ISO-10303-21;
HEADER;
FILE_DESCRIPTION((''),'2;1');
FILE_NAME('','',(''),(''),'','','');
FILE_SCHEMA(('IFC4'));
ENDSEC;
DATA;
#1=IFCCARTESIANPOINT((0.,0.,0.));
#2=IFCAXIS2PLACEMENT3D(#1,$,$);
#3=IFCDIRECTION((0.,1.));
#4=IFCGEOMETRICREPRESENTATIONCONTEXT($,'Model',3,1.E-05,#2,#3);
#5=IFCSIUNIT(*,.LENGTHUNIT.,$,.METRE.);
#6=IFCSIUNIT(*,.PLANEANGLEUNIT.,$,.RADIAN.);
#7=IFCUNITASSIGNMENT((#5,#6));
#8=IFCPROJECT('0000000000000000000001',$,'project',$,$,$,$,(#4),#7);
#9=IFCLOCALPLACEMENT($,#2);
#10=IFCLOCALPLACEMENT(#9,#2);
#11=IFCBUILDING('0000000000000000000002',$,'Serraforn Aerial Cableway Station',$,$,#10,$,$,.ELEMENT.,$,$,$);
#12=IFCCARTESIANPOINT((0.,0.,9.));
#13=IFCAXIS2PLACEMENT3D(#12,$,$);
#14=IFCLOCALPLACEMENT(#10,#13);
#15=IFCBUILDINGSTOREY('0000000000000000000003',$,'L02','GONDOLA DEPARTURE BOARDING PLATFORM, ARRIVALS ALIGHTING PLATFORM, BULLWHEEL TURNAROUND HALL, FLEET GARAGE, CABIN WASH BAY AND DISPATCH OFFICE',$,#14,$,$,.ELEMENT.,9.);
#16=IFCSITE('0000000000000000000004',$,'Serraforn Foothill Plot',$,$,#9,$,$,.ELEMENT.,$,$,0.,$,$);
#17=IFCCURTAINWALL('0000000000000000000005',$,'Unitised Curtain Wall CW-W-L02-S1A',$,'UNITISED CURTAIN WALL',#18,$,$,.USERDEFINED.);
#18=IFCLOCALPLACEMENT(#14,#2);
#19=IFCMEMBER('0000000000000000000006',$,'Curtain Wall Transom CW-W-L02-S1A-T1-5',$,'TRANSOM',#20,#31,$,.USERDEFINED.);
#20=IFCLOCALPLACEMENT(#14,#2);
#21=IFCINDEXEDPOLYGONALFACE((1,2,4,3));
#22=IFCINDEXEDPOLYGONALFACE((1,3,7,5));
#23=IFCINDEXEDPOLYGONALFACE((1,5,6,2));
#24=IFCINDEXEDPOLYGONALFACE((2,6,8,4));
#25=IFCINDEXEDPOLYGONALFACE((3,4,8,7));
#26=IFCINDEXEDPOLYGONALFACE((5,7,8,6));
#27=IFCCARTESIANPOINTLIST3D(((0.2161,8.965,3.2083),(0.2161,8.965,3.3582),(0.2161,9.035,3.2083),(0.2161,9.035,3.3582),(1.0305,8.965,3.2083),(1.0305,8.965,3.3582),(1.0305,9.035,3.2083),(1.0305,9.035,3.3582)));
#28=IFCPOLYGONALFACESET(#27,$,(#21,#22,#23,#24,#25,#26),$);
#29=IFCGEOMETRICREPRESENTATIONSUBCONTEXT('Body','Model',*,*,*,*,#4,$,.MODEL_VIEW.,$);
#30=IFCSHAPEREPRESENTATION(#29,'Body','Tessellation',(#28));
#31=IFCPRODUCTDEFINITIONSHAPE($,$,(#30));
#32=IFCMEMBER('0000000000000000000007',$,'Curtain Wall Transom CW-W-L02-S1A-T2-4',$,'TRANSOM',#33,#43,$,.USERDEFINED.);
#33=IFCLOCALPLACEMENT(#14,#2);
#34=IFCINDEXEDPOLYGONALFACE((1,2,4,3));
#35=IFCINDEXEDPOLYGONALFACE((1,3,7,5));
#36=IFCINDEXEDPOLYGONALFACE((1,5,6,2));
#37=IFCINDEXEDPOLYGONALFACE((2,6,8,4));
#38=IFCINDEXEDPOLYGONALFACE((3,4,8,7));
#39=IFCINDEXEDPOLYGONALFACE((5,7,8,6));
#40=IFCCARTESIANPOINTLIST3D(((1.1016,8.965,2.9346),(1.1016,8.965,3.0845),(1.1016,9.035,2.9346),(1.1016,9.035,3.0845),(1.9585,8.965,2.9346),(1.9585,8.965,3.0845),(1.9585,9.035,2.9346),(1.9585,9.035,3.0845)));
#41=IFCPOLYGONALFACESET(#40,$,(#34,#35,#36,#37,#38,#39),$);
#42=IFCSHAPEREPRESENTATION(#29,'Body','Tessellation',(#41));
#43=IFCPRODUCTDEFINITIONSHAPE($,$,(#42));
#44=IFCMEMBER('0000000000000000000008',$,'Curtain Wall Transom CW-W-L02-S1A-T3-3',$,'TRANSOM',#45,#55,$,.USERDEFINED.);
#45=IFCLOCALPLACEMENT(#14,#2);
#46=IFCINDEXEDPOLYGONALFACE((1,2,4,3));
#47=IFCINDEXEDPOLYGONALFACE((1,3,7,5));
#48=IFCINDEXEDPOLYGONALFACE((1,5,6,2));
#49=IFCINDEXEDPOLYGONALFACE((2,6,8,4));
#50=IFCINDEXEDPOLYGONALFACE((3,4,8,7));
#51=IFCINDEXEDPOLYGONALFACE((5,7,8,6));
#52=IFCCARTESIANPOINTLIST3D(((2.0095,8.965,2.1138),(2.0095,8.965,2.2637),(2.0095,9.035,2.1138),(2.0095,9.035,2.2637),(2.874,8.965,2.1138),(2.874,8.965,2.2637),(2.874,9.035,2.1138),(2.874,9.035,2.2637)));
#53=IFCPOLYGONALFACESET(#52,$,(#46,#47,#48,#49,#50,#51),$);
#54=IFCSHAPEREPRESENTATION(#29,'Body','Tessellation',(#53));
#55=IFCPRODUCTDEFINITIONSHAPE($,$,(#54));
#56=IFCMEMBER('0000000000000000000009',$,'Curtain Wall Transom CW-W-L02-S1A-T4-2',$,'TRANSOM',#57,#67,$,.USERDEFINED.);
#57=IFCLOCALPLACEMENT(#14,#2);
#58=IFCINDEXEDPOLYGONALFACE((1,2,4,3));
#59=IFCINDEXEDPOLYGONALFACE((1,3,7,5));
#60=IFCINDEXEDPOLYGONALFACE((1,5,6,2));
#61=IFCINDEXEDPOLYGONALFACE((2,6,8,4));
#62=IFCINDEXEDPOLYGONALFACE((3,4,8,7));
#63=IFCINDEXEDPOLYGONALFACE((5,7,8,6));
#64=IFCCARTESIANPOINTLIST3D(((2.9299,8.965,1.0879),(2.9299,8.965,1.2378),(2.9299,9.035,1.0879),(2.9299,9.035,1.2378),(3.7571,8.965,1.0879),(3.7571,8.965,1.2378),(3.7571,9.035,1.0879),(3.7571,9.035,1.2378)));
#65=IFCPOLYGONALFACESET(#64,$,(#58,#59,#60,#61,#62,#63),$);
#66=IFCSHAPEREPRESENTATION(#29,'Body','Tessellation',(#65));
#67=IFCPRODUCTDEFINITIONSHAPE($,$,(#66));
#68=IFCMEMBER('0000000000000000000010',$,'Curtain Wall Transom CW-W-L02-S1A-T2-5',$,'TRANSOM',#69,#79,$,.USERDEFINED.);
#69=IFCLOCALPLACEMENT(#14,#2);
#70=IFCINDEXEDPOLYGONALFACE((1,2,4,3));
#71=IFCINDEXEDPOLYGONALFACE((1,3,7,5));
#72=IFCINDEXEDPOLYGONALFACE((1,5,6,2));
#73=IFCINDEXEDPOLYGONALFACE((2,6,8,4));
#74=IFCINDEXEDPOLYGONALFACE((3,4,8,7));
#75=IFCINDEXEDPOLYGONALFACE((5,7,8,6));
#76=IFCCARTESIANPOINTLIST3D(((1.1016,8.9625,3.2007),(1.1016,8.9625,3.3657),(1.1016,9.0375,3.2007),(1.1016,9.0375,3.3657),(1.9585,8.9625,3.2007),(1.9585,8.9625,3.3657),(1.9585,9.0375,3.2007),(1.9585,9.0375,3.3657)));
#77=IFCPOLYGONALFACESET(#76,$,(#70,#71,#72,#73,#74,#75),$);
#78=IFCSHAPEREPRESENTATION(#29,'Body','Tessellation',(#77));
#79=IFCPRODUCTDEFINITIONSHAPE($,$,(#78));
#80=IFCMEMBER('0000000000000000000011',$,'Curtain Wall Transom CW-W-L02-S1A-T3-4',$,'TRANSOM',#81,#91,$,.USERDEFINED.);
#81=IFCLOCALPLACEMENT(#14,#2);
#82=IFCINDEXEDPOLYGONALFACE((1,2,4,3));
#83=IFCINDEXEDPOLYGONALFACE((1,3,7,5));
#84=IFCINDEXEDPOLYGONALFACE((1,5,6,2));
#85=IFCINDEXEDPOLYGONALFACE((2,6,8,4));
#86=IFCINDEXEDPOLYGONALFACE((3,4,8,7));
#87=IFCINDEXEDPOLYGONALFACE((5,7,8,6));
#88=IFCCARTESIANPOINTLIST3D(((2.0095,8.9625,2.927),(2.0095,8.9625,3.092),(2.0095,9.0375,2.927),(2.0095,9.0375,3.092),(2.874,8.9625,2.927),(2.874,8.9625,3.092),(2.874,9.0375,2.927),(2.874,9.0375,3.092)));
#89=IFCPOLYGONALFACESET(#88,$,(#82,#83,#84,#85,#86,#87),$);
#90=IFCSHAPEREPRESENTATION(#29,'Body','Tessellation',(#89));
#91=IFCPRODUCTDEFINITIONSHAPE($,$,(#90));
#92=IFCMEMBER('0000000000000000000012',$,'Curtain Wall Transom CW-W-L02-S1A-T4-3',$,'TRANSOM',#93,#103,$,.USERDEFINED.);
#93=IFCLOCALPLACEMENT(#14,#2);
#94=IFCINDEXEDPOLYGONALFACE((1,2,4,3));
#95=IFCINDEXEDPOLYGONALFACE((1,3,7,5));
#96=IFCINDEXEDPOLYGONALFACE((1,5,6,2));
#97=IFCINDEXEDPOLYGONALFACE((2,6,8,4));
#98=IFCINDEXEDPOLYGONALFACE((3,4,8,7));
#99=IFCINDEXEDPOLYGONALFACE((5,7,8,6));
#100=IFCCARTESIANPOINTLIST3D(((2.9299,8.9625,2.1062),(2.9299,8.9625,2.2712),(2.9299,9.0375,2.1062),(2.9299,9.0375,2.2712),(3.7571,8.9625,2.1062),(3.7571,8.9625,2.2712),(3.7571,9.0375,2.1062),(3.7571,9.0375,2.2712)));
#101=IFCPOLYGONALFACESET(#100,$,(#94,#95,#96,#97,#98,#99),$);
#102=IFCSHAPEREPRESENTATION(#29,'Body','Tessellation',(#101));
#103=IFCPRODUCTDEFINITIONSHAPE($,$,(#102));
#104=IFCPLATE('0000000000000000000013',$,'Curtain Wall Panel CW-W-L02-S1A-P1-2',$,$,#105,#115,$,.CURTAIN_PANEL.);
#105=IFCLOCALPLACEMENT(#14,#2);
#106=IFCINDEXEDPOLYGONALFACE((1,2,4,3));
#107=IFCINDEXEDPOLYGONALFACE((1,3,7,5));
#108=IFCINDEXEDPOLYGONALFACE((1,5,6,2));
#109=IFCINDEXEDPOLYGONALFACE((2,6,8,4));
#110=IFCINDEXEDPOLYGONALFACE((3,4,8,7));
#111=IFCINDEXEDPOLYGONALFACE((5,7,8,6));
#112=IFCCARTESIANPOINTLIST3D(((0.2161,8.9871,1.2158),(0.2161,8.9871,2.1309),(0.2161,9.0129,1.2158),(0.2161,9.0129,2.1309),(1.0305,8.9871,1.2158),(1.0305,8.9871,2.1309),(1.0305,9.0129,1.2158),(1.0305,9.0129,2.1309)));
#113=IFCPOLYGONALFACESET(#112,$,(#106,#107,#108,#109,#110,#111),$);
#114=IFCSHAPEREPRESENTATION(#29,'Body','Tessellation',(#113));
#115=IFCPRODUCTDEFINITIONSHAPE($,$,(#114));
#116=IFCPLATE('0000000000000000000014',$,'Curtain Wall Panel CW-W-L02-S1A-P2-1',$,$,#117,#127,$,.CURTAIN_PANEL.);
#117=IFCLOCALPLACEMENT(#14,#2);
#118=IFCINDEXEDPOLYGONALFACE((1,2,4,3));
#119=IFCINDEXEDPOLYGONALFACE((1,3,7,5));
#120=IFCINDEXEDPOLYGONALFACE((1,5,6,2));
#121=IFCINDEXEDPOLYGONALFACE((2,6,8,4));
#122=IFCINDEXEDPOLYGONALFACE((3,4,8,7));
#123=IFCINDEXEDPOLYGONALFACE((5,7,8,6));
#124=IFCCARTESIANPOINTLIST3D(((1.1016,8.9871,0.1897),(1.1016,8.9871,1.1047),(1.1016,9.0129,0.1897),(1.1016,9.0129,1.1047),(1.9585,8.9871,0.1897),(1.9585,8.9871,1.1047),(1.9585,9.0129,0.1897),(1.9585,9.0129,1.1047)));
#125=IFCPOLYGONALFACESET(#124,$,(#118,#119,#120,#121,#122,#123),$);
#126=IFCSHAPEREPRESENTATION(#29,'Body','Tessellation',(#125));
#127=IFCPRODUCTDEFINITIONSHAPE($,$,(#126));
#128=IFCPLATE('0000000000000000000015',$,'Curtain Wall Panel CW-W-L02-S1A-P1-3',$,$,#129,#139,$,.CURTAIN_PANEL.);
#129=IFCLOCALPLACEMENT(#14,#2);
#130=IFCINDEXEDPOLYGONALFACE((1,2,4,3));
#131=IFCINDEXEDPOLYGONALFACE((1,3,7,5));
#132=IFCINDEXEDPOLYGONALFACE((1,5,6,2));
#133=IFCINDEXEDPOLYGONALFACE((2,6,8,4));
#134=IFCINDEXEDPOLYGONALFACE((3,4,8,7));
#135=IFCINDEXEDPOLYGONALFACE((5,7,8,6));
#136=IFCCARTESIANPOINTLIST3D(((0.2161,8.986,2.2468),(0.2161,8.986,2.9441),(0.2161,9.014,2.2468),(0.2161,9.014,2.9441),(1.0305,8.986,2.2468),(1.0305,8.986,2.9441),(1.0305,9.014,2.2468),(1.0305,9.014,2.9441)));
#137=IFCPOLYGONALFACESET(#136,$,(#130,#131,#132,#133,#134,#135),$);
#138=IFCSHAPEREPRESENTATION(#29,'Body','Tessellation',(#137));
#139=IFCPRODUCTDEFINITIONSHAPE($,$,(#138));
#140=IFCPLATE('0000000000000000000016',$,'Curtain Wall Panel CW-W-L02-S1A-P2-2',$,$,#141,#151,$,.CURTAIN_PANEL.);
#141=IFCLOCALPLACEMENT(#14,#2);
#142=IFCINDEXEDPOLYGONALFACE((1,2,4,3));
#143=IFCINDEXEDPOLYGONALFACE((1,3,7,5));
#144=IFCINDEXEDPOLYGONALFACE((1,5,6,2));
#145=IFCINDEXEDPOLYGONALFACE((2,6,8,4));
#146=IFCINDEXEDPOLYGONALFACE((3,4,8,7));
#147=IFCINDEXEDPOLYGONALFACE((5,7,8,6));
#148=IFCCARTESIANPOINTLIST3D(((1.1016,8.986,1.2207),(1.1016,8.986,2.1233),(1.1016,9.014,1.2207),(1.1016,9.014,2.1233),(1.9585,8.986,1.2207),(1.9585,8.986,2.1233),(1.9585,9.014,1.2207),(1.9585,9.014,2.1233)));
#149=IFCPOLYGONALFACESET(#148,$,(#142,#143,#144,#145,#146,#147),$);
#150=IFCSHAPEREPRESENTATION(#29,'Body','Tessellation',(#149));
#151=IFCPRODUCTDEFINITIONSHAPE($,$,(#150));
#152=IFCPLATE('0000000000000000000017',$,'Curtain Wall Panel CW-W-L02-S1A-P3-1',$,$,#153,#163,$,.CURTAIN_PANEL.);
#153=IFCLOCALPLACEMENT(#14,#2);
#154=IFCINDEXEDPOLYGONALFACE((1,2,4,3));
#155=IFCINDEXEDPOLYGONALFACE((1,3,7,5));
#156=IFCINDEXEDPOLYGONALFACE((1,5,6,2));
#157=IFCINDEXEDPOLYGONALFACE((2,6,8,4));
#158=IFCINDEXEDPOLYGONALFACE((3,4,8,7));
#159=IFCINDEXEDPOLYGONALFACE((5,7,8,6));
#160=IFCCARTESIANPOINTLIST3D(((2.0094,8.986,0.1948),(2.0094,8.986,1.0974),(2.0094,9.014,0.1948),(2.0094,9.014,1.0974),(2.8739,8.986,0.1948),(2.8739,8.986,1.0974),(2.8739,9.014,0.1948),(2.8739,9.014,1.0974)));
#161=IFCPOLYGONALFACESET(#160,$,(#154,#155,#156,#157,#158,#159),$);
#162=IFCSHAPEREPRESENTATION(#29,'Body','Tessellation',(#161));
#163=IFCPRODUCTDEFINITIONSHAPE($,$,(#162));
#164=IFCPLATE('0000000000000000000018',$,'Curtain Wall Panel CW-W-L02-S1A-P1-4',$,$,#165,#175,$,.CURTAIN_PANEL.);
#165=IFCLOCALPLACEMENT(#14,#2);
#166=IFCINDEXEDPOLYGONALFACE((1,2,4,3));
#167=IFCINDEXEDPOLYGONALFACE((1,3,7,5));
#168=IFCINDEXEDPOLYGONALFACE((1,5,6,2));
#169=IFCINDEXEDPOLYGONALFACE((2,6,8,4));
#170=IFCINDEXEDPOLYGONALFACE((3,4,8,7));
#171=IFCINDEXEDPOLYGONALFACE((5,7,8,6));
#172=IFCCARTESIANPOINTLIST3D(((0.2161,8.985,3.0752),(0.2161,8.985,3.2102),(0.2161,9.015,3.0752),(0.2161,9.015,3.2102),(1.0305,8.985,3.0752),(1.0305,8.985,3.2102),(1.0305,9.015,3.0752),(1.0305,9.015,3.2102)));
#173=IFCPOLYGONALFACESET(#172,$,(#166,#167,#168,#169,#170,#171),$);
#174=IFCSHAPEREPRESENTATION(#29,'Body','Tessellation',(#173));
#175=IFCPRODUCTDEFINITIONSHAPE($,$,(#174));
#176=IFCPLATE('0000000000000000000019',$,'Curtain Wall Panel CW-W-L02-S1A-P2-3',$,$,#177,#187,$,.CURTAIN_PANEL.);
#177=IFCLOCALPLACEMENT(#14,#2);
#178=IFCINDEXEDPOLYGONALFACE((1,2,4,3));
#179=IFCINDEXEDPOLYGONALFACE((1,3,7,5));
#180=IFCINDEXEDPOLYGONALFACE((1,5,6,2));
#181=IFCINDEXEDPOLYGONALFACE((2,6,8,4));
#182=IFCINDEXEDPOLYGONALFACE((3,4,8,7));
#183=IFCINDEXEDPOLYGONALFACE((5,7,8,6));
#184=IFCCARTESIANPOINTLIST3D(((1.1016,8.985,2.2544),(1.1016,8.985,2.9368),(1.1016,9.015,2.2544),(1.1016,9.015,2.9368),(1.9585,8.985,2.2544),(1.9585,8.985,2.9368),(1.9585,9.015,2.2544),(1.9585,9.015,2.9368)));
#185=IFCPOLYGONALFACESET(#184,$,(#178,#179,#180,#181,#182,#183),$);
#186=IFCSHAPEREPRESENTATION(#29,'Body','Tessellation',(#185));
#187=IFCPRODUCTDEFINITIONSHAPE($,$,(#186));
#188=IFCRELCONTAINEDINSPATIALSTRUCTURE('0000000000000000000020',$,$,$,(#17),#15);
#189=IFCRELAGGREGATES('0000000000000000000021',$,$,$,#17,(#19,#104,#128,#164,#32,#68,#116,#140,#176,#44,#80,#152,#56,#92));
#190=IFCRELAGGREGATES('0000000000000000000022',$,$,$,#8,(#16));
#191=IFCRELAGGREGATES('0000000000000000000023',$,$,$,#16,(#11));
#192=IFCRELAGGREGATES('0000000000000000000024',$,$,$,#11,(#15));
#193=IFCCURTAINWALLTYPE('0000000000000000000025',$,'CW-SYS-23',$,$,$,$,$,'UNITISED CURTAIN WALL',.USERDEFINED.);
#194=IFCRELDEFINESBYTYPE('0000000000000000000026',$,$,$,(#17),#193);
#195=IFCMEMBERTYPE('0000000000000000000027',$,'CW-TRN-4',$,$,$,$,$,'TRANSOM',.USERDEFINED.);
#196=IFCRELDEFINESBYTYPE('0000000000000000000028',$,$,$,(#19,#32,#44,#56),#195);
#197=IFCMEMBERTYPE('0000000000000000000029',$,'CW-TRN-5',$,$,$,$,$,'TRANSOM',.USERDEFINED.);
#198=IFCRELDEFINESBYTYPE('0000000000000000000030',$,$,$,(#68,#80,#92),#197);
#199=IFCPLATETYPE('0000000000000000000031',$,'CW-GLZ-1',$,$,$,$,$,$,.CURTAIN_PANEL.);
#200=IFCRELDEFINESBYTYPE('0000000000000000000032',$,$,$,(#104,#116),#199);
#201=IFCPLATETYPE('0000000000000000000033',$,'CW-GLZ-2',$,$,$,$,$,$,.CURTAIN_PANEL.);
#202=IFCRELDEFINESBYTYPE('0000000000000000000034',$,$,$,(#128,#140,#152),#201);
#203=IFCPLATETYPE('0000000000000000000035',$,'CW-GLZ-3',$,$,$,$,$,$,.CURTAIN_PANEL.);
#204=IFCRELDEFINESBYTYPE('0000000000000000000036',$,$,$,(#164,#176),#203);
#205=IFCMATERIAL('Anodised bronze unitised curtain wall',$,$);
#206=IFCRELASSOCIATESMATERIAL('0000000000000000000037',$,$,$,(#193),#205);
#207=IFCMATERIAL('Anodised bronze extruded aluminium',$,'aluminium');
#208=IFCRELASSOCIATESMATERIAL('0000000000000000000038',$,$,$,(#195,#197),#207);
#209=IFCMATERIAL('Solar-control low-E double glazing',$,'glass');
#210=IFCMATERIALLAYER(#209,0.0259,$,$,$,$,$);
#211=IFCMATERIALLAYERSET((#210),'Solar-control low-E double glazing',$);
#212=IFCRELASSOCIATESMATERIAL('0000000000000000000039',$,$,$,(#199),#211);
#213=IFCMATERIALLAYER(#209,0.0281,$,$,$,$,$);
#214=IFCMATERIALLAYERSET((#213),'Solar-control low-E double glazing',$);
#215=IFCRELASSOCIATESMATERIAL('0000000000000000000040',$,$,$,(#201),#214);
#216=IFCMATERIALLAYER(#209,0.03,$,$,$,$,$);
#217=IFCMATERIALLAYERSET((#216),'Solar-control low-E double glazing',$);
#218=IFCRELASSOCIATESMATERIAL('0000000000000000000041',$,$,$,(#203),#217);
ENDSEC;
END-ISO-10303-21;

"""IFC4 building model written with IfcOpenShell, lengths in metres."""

from ifc_helpers import new_model, si_unit, direction, frame, origin, origin_2d, place, context, subcontext, project, spatial, rectangle, extrude, material, layer, layer_set, material_profile, profile_set, type_object, element, aggregate, save


model = new_model("IFC4")

# Units and contexts
model_context = context("Model", 3, precision=1e-05, world=origin(), true_north=direction((0.0, 1.0)))
body_context = subcontext(model_context, "Body", "Model", "MODEL_VIEW")
ifc_project = project(units=[si_unit("LENGTHUNIT", "METRE"), si_unit("PLANEANGLEUNIT", "RADIAN")], contexts=[model_context])

# Site, building, storey
site_placement = place(None, origin())
site = spatial("IfcSite", under=ifc_project, at=site_placement, Name="Serraforn Foothill Plot", CompositionType="ELEMENT", RefElevation=0.0)
building_placement = place(site_placement, origin())
building = spatial("IfcBuilding", under=site, at=building_placement, Name="Serraforn Aerial Cableway Station", CompositionType="ELEMENT")
storey_placement = place(building_placement, frame((0.0, 0.0, 9.0)))
storey = spatial("IfcBuildingStorey", under=building, at=storey_placement, Name="L02", Description="GONDOLA DEPARTURE BOARDING PLATFORM, ARRIVALS ALIGHTING PLATFORM, BULLWHEEL TURNAROUND HALL, FLEET GARAGE, CABIN WASH BAY AND DISPATCH OFFICE", CompositionType="ELEMENT", Elevation=9.0)

# Curtain wall, members, plates
ifc_material_1 = material(Name="Anodised bronze unitised curtain wall")
curtain_wall_type = type_object("IfcCurtainWallType", Name="CW-SYS-23", ElementType="UNITISED CURTAIN WALL", PredefinedType="USERDEFINED", material=ifc_material_1)
curtain_wall_placement = place(storey_placement, origin())
curtain_wall = element("IfcCurtainWall", 1, at=curtain_wall_placement, inside=storey, type_object=curtain_wall_type, Name="Unitised Curtain Wall CW-W-L02-S1A", ObjectType="UNITISED CURTAIN WALL", PredefinedType="USERDEFINED")
ifc_material_2 = material(Name="Anodised bronze extruded aluminium", Category="aluminium")
ifc_material_profile_1 = material_profile(ifc_material_2, rectangle(XDim=0.0701, YDim=0.1499, at=origin_2d()), Name="CW TRANSOM 70x150")
ifc_profile_set_1 = profile_set([ifc_material_profile_1], Name="Anodised bronze extruded aluminium")
member_type_1 = type_object("IfcMemberType", Name="CW-TRN-4", ElementType="TRANSOM", PredefinedType="USERDEFINED", material=ifc_profile_set_1)
member_1_placement = place(storey_placement, frame((0.2161, 9.0, 3.2832), z_axis=(1.0, 0.0, 0.0), x_axis=(0.0, 1.0, 0.0)))
member_1 = element("IfcMember", 2, at=member_1_placement, type_object=member_type_1, Name="Curtain Wall Transom CW-W-L02-S1A-T1-5", ObjectType="TRANSOM", PredefinedType="USERDEFINED", context=body_context, shape_type="SweptSolid", body=[
    extrude(rectangle(XDim=0.0701, YDim=0.1499, at=origin_2d()), origin(), (0.0, 0.0, 1.0), 0.8145),
])
member_2_placement = place(storey_placement, frame((1.1016, 9.0, 3.0095), z_axis=(1.0, 0.0, 0.0), x_axis=(0.0, 1.0, 0.0)))
member_2 = element("IfcMember", 3, at=member_2_placement, type_object=member_type_1, Name="Curtain Wall Transom CW-W-L02-S1A-T2-4", ObjectType="TRANSOM", PredefinedType="USERDEFINED", context=body_context, shape_type="SweptSolid", body=[
    extrude(rectangle(XDim=0.0701, YDim=0.1499, at=origin_2d()), origin(), (0.0, 0.0, 1.0), 0.8569),
])
member_3_placement = place(storey_placement, frame((2.0095, 9.0, 2.1887), z_axis=(1.0, 0.0, 0.0), x_axis=(0.0, 1.0, 0.0)))
member_3 = element("IfcMember", 4, at=member_3_placement, type_object=member_type_1, Name="Curtain Wall Transom CW-W-L02-S1A-T3-3", ObjectType="TRANSOM", PredefinedType="USERDEFINED", context=body_context, shape_type="SweptSolid", body=[
    extrude(rectangle(XDim=0.0701, YDim=0.1499, at=origin_2d()), origin(), (0.0, 0.0, 1.0), 0.8645),
])
member_4_placement = place(storey_placement, frame((2.9299, 9.0, 1.1628), z_axis=(1.0, 0.0, 0.0), x_axis=(0.0, 1.0, 0.0)))
member_4 = element("IfcMember", 5, at=member_4_placement, type_object=member_type_1, Name="Curtain Wall Transom CW-W-L02-S1A-T4-2", ObjectType="TRANSOM", PredefinedType="USERDEFINED", context=body_context, shape_type="SweptSolid", body=[
    extrude(rectangle(XDim=0.0701, YDim=0.1499, at=origin_2d()), origin(), (0.0, 0.0, 1.0), 0.8271),
])
ifc_material_profile_2 = material_profile(ifc_material_2, rectangle(XDim=0.075, YDim=0.165, at=origin_2d()), Name="CW TRANSOM 75x165")
ifc_profile_set_2 = profile_set([ifc_material_profile_2], Name="Anodised bronze extruded aluminium")
member_type_2 = type_object("IfcMemberType", Name="CW-TRN-5", ElementType="TRANSOM", PredefinedType="USERDEFINED", material=ifc_profile_set_2)
member_5_placement = place(storey_placement, frame((1.1016, 9.0, 3.2832), z_axis=(1.0, 0.0, 0.0), x_axis=(0.0, 1.0, 0.0)))
member_5 = element("IfcMember", 6, at=member_5_placement, type_object=member_type_2, Name="Curtain Wall Transom CW-W-L02-S1A-T2-5", ObjectType="TRANSOM", PredefinedType="USERDEFINED", context=body_context, shape_type="SweptSolid", body=[
    extrude(rectangle(XDim=0.075, YDim=0.165, at=origin_2d()), origin(), (0.0, 0.0, 1.0), 0.8569),
])
member_6_placement = place(storey_placement, frame((2.0095, 9.0, 3.0095), z_axis=(1.0, 0.0, 0.0), x_axis=(0.0, 1.0, 0.0)))
member_6 = element("IfcMember", 7, at=member_6_placement, type_object=member_type_2, Name="Curtain Wall Transom CW-W-L02-S1A-T3-4", ObjectType="TRANSOM", PredefinedType="USERDEFINED", context=body_context, shape_type="SweptSolid", body=[
    extrude(rectangle(XDim=0.075, YDim=0.165, at=origin_2d()), origin(), (0.0, 0.0, 1.0), 0.8645),
])
member_7_placement = place(storey_placement, frame((2.9299, 9.0, 2.1887), z_axis=(1.0, 0.0, 0.0), x_axis=(0.0, 1.0, 0.0)))
member_7 = element("IfcMember", 8, at=member_7_placement, type_object=member_type_2, Name="Curtain Wall Transom CW-W-L02-S1A-T4-3", ObjectType="TRANSOM", PredefinedType="USERDEFINED", context=body_context, shape_type="SweptSolid", body=[
    extrude(rectangle(XDim=0.075, YDim=0.165, at=origin_2d()), origin(), (0.0, 0.0, 1.0), 0.8271),
])
ifc_material_3 = material(Name="Solar-control low-E double glazing", Category="glass")
ifc_layer_1 = layer(ifc_material_3, 0.0259)
ifc_layer_set_1 = layer_set([ifc_layer_1], Name="Solar-control low-E double glazing")
plate_type_1 = type_object("IfcPlateType", Name="CW-GLZ-1", PredefinedType="CURTAIN_PANEL", material=ifc_layer_set_1)
plate_1_placement = place(storey_placement, frame((0.6233, 9.0, 1.2158), z_axis=(0.0, 0.0, 1.0), x_axis=(1.0, 0.0, 0.0)))
plate_1 = element("IfcPlate", 9, at=plate_1_placement, type_object=plate_type_1, Name="Curtain Wall Panel CW-W-L02-S1A-P1-2", PredefinedType="CURTAIN_PANEL", context=body_context, shape_type="SweptSolid", body=[
    extrude(rectangle(XDim=0.8145, YDim=0.0259, at=origin_2d()), origin(), (0.0, 0.0, 1.0), 0.915),
])
plate_2_placement = place(storey_placement, frame((1.53, 9.0, 0.1897), z_axis=(0.0, 0.0, 1.0), x_axis=(1.0, 0.0, 0.0)))
plate_2 = element("IfcPlate", 10, at=plate_2_placement, type_object=plate_type_1, Name="Curtain Wall Panel CW-W-L02-S1A-P2-1", PredefinedType="CURTAIN_PANEL", context=body_context, shape_type="SweptSolid", body=[
    extrude(rectangle(XDim=0.8569, YDim=0.0259, at=origin_2d()), origin(), (0.0, 0.0, 1.0), 0.915),
])
ifc_layer_2 = layer(ifc_material_3, 0.0281)
ifc_layer_set_2 = layer_set([ifc_layer_2], Name="Solar-control low-E double glazing")
plate_type_2 = type_object("IfcPlateType", Name="CW-GLZ-2", PredefinedType="CURTAIN_PANEL", material=ifc_layer_set_2)
plate_3_placement = place(storey_placement, frame((0.6233, 9.0, 2.2468), z_axis=(0.0, 0.0, 1.0), x_axis=(1.0, 0.0, 0.0)))
plate_3 = element("IfcPlate", 11, at=plate_3_placement, type_object=plate_type_2, Name="Curtain Wall Panel CW-W-L02-S1A-P1-3", PredefinedType="CURTAIN_PANEL", context=body_context, shape_type="SweptSolid", body=[
    extrude(rectangle(XDim=0.8145, YDim=0.0281, at=origin_2d()), origin(), (0.0, 0.0, 1.0), 0.6973),
])
plate_4_placement = place(storey_placement, frame((1.53, 9.0, 1.2207), z_axis=(0.0, 0.0, 1.0), x_axis=(1.0, 0.0, 0.0)))
plate_4 = element("IfcPlate", 12, at=plate_4_placement, type_object=plate_type_2, Name="Curtain Wall Panel CW-W-L02-S1A-P2-2", PredefinedType="CURTAIN_PANEL", context=body_context, shape_type="SweptSolid", body=[
    extrude(rectangle(XDim=0.8569, YDim=0.0281, at=origin_2d()), origin(), (0.0, 0.0, 1.0), 0.9026),
])
plate_5_placement = place(storey_placement, frame((2.4417, 9.0, 0.1948), z_axis=(0.0, 0.0, 1.0), x_axis=(1.0, 0.0, 0.0)))
plate_5 = element("IfcPlate", 13, at=plate_5_placement, type_object=plate_type_2, Name="Curtain Wall Panel CW-W-L02-S1A-P3-1", PredefinedType="CURTAIN_PANEL", context=body_context, shape_type="SweptSolid", body=[
    extrude(rectangle(XDim=0.8645, YDim=0.0281, at=origin_2d()), origin(), (0.0, 0.0, 1.0), 0.9026),
])
ifc_layer_3 = layer(ifc_material_3, 0.03)
ifc_layer_set_3 = layer_set([ifc_layer_3], Name="Solar-control low-E double glazing")
plate_type_3 = type_object("IfcPlateType", Name="CW-GLZ-3", PredefinedType="CURTAIN_PANEL", material=ifc_layer_set_3)
plate_6_placement = place(storey_placement, frame((0.6233, 9.0, 3.0752), z_axis=(0.0, 0.0, 1.0), x_axis=(1.0, 0.0, 0.0)))
plate_6 = element("IfcPlate", 14, at=plate_6_placement, type_object=plate_type_3, Name="Curtain Wall Panel CW-W-L02-S1A-P1-4", PredefinedType="CURTAIN_PANEL", context=body_context, shape_type="SweptSolid", body=[
    extrude(rectangle(XDim=0.8145, YDim=0.03, at=origin_2d()), origin(), (0.0, 0.0, 1.0), 0.135),
])
plate_7_placement = place(storey_placement, frame((1.53, 9.0, 2.2544), z_axis=(0.0, 0.0, 1.0), x_axis=(1.0, 0.0, 0.0)))
plate_7 = element("IfcPlate", 15, at=plate_7_placement, type_object=plate_type_3, Name="Curtain Wall Panel CW-W-L02-S1A-P2-3", PredefinedType="CURTAIN_PANEL", context=body_context, shape_type="SweptSolid", body=[
    extrude(rectangle(XDim=0.8569, YDim=0.03, at=origin_2d()), origin(), (0.0, 0.0, 1.0), 0.6824),
])
aggregate(curtain_wall, [member_1, plate_1, plate_3, plate_6, member_2, member_5, plate_2, plate_4, plate_7, member_3, member_6, plate_5, member_4, member_7])

save(model, "model.ifc")
